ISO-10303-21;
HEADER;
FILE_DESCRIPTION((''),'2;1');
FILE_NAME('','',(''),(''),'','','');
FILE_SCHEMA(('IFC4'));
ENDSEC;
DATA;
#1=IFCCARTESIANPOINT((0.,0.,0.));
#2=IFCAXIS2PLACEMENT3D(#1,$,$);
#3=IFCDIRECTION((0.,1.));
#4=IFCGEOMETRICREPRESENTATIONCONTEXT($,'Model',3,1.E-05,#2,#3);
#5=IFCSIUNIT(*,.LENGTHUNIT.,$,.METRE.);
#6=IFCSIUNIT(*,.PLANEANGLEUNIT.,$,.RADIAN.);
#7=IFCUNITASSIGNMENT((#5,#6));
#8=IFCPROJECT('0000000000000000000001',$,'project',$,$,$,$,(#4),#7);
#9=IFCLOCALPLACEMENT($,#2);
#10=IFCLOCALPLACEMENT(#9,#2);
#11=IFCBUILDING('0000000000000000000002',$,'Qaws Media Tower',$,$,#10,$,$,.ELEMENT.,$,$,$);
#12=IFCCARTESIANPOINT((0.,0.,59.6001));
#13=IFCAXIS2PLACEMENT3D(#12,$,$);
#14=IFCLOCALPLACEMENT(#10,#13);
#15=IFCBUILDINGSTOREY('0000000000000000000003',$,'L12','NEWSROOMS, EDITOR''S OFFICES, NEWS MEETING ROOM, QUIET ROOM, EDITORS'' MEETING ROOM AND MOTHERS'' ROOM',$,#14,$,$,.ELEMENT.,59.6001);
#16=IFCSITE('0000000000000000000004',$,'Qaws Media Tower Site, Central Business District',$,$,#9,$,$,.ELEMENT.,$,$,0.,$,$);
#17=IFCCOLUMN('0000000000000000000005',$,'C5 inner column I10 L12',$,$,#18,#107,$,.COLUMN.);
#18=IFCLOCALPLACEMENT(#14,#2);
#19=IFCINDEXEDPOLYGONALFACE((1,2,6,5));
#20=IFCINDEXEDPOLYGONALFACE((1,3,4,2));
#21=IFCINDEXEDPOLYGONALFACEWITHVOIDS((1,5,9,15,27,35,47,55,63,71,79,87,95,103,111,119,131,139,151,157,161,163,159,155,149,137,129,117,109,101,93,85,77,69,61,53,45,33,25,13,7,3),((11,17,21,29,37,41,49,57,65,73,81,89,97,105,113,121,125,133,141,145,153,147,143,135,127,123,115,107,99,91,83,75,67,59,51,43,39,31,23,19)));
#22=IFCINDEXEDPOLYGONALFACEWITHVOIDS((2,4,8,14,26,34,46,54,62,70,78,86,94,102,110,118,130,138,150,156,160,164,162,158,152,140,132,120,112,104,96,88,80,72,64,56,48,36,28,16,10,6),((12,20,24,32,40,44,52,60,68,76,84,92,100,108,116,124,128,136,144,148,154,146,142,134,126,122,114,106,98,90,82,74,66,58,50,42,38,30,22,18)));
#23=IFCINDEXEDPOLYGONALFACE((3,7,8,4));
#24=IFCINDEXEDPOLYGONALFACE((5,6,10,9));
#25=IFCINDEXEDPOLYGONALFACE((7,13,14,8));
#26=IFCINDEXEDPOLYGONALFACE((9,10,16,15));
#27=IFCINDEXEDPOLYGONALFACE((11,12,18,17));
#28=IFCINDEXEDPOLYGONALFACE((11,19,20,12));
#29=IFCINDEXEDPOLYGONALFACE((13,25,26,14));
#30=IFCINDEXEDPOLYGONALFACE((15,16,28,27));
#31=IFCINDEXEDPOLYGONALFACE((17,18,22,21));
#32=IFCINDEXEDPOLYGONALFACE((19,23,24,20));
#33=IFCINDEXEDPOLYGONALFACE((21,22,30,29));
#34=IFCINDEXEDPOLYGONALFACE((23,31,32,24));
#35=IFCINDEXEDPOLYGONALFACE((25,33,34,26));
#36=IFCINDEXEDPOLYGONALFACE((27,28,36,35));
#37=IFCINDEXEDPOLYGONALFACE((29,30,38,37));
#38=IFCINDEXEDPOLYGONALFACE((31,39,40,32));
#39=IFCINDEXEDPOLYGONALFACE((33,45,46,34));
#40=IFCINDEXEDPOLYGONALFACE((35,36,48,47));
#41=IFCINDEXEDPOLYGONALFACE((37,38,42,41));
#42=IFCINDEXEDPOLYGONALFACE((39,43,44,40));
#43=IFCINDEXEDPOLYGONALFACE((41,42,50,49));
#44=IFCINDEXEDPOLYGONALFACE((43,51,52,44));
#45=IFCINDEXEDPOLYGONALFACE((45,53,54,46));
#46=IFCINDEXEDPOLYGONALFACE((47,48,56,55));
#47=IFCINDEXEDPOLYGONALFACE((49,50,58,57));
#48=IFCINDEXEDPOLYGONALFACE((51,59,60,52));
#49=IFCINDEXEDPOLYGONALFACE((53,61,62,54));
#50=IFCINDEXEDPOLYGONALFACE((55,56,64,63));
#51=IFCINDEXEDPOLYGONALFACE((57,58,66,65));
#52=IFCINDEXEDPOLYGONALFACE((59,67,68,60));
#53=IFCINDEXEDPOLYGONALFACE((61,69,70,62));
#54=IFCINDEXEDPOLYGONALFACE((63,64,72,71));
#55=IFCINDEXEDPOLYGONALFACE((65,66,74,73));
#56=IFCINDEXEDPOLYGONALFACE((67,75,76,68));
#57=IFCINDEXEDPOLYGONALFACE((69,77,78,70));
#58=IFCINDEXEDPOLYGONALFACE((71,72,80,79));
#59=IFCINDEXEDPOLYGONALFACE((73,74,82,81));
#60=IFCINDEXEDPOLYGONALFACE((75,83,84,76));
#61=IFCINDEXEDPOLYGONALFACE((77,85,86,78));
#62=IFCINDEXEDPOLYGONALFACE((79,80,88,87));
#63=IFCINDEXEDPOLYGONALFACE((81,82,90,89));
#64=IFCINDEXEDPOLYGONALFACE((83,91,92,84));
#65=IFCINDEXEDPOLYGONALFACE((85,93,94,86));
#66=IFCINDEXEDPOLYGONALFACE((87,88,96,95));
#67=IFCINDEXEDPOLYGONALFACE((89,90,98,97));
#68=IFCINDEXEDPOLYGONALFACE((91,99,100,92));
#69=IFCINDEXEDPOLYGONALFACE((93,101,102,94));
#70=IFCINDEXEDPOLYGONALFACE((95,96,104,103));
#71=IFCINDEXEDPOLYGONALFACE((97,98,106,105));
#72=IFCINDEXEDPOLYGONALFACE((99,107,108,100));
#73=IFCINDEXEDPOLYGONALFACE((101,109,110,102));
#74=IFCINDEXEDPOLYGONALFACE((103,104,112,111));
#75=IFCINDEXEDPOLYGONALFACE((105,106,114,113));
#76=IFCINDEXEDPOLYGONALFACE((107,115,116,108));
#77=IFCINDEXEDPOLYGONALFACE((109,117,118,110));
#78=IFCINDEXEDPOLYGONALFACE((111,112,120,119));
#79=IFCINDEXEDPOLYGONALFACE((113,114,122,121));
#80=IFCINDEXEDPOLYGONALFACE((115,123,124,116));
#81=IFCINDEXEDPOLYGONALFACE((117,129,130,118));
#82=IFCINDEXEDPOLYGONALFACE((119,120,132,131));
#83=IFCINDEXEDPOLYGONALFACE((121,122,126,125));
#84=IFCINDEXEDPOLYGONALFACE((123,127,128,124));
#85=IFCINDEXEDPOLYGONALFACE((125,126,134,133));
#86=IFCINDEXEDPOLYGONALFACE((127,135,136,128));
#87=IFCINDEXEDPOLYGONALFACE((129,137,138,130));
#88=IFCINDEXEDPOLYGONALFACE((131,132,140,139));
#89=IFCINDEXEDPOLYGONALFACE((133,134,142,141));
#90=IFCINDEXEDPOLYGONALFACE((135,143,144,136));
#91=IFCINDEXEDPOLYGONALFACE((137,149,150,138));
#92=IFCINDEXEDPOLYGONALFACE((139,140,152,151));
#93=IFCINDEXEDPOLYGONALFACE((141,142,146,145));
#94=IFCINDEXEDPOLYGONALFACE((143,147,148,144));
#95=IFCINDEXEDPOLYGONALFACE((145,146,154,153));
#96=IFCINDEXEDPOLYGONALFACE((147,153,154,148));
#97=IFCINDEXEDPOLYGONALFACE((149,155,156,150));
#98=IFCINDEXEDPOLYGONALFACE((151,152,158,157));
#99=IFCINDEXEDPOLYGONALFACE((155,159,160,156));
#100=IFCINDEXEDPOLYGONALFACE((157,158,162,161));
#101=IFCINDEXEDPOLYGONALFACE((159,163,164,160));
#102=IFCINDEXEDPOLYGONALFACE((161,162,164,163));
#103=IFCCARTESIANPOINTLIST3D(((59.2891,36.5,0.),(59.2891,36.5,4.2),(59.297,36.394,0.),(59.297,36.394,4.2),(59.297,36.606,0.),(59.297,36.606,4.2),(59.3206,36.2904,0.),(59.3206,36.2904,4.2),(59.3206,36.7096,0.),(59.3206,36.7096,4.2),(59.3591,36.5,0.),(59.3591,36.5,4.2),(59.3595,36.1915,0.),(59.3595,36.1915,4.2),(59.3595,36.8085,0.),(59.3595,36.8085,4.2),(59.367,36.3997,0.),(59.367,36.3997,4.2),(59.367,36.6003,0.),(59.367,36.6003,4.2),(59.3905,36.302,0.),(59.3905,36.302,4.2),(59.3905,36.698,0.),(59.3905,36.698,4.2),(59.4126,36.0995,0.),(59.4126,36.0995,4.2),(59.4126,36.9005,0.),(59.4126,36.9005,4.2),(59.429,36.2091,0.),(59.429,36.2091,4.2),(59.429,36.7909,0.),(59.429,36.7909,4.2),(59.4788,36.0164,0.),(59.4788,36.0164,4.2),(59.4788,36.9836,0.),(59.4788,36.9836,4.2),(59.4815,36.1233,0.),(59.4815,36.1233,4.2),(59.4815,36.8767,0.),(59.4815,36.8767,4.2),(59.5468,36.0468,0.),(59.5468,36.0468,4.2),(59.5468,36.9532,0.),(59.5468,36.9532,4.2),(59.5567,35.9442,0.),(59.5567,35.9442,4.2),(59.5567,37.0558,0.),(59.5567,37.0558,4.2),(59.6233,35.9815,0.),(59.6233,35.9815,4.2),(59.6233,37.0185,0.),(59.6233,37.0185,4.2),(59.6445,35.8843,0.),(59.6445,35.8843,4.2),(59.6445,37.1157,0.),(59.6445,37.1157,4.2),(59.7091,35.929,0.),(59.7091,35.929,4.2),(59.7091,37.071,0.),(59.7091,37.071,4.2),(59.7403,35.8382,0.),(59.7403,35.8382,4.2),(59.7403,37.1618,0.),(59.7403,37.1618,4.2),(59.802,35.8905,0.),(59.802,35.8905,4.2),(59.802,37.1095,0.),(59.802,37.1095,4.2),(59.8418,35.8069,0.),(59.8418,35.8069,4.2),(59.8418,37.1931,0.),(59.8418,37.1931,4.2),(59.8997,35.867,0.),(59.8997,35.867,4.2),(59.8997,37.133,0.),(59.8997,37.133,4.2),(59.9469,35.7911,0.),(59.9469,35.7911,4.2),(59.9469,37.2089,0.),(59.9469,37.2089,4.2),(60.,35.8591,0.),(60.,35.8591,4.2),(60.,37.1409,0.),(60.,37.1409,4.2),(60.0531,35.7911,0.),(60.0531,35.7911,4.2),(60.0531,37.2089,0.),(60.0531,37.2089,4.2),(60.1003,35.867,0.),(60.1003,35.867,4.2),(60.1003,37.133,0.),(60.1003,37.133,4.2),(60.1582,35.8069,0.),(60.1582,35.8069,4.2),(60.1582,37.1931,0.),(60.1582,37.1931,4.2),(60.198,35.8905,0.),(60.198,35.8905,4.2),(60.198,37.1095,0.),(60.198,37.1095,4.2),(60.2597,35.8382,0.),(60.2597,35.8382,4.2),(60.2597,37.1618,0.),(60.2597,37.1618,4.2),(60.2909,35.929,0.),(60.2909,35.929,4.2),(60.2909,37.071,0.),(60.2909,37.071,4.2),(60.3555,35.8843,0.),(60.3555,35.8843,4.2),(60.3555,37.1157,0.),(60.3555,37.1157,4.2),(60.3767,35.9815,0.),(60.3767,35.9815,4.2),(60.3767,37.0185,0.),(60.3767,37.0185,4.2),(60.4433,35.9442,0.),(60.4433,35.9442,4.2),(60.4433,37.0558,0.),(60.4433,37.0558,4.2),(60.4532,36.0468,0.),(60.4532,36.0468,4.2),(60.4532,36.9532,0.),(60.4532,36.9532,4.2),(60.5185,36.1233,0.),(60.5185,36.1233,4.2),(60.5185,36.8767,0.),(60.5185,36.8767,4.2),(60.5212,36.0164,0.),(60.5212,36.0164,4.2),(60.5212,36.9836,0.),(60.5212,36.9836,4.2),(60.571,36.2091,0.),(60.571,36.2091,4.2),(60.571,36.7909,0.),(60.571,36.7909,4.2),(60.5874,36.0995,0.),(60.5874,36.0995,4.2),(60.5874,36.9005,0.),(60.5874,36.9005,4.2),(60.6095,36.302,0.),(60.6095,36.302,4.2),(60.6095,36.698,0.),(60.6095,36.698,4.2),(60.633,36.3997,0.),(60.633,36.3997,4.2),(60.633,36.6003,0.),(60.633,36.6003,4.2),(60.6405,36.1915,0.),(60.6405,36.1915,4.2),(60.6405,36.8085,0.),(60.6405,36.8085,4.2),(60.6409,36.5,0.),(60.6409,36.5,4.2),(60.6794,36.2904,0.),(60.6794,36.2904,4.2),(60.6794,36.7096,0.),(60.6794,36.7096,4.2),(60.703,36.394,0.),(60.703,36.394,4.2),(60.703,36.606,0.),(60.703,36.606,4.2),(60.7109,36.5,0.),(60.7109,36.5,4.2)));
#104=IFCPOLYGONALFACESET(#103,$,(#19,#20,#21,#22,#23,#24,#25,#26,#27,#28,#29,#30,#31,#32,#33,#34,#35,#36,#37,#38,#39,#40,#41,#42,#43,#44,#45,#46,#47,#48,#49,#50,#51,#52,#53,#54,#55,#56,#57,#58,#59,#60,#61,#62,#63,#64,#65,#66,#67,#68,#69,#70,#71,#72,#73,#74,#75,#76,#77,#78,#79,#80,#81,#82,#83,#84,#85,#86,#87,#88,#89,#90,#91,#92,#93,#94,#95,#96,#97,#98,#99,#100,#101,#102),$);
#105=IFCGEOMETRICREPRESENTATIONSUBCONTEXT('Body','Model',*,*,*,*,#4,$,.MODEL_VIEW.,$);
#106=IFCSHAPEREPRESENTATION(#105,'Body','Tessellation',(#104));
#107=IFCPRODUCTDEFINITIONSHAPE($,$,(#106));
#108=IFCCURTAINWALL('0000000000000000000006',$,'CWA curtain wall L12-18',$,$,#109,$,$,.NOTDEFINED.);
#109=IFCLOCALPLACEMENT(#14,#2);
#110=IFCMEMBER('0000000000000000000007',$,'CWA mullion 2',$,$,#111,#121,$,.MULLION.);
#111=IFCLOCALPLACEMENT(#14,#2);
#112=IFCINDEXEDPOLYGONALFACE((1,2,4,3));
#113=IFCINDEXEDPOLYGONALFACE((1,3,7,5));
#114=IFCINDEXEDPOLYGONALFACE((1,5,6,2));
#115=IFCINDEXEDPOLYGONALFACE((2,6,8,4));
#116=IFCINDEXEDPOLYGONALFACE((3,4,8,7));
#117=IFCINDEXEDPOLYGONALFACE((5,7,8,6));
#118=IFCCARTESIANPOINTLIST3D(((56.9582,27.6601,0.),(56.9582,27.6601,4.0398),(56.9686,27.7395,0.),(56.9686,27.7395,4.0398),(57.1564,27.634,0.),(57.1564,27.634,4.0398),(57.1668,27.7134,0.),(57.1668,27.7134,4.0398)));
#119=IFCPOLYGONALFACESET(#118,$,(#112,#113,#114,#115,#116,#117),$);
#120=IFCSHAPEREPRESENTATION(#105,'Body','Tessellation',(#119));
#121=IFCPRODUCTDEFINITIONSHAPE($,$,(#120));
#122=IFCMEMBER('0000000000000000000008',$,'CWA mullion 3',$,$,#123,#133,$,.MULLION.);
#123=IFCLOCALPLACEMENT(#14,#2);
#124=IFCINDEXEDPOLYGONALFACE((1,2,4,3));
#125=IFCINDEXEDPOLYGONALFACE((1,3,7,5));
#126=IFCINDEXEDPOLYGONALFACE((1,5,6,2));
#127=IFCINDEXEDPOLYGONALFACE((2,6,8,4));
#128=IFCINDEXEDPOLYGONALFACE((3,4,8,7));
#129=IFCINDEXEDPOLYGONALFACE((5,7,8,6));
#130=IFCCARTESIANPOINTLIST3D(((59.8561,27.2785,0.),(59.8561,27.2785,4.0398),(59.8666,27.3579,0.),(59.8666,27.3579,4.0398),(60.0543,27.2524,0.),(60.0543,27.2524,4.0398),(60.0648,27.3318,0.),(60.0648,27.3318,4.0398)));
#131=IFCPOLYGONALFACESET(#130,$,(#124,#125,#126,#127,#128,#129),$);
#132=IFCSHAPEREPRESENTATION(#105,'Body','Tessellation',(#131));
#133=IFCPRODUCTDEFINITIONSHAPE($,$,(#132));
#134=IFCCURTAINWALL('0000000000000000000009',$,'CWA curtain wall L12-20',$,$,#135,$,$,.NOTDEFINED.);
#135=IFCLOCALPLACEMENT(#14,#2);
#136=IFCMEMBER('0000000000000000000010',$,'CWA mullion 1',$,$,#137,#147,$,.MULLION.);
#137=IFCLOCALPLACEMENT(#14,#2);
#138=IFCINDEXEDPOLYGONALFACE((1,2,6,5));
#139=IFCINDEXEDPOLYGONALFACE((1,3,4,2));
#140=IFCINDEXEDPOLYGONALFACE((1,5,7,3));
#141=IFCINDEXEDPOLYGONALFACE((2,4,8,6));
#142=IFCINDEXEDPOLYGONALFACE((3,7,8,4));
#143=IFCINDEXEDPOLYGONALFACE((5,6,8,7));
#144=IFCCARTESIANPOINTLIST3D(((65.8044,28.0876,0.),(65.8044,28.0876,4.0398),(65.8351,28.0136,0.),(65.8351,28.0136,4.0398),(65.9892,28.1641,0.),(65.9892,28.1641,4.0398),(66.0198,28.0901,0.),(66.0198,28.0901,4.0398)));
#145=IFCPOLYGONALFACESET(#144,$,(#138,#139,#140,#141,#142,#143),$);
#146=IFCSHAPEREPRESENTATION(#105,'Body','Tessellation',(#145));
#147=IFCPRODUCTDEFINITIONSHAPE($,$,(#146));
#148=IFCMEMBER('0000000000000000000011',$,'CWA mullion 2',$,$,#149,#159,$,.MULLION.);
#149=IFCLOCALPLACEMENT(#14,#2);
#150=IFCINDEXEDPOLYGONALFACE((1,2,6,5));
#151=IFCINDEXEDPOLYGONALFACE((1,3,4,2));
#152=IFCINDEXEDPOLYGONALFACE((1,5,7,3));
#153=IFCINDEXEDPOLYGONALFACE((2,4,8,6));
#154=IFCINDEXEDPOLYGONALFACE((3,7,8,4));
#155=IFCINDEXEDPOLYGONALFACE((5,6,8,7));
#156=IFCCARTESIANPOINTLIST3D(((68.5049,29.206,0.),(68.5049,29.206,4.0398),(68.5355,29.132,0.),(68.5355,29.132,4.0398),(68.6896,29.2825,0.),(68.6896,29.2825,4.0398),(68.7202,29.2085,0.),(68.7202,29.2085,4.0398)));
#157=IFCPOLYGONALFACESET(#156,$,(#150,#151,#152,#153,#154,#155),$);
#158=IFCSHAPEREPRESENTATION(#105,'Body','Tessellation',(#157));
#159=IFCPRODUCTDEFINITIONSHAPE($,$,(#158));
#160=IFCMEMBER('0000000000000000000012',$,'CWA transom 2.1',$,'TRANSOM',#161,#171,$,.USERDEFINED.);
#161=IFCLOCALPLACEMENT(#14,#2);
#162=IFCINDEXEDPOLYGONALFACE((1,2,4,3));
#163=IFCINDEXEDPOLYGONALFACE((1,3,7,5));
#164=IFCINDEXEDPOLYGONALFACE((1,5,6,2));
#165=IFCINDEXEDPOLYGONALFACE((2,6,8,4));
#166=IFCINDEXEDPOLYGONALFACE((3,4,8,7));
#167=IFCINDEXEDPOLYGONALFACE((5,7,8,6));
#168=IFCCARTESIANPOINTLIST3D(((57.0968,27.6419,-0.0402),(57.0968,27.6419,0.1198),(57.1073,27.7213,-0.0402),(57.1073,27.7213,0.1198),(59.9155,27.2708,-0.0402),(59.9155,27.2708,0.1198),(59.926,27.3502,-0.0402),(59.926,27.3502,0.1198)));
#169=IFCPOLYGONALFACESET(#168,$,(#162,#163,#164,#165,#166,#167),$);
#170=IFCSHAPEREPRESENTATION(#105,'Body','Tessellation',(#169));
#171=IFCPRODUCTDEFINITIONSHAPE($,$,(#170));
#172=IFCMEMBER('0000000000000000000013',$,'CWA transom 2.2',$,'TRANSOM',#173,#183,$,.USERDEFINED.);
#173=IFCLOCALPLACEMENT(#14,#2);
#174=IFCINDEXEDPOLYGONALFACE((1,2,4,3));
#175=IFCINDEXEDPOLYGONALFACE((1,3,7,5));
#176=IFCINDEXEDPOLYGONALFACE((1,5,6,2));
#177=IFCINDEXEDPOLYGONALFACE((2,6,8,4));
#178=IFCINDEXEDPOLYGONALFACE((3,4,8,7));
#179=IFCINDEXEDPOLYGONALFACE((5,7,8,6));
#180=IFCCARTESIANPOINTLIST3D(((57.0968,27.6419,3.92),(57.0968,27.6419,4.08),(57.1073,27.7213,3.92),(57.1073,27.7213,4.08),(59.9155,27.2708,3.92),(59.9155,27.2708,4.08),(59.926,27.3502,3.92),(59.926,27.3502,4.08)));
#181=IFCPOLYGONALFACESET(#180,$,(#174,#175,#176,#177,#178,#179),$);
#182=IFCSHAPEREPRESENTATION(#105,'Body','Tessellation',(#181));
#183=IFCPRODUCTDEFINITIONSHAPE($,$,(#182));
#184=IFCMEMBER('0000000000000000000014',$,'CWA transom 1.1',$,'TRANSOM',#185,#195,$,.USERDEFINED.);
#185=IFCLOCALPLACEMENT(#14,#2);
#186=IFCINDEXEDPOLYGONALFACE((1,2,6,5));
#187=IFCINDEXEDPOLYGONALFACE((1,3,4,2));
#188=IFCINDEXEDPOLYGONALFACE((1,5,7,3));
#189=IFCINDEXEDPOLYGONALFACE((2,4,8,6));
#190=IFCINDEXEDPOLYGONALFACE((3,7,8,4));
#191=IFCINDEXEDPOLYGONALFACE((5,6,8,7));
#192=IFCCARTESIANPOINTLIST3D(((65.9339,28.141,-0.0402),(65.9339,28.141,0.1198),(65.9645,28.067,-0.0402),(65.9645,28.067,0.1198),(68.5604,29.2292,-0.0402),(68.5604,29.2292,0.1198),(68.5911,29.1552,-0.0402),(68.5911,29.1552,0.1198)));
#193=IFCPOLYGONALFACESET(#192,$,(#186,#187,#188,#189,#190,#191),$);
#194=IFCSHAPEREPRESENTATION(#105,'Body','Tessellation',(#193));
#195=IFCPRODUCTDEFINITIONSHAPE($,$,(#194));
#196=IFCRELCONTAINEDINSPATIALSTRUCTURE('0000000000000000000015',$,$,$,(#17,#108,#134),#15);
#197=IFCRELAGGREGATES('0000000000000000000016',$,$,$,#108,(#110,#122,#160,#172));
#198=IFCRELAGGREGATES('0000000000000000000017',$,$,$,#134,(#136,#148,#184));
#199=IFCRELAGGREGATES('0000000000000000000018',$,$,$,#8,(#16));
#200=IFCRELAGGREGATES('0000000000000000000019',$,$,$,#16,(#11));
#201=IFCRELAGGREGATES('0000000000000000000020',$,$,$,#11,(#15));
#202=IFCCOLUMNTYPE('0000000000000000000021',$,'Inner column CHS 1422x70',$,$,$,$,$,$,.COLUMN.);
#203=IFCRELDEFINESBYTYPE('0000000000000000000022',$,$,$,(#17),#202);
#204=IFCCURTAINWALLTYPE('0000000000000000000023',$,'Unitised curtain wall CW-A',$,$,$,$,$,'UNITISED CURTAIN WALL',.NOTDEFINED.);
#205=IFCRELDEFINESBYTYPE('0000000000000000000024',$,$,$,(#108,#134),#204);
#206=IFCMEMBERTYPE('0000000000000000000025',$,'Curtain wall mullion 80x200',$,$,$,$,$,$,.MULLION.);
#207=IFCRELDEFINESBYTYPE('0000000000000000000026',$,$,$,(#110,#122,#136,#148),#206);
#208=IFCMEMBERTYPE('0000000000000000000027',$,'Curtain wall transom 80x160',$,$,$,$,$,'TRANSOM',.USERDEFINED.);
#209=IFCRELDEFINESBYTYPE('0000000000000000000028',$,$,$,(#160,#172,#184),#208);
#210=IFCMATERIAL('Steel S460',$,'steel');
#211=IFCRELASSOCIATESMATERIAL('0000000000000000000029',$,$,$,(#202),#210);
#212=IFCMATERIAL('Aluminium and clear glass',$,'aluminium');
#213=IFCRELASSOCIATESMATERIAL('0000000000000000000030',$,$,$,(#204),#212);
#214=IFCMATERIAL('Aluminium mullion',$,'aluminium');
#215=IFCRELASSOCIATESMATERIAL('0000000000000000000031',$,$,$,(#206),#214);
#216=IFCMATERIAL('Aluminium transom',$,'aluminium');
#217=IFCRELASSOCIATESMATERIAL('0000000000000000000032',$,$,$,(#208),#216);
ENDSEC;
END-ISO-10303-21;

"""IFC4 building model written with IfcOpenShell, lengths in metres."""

from ifc_helpers import new_model, si_unit, direction, frame, origin, origin_2d, place, context, subcontext, project, spatial, rectangle, hollow_circle, extrude, material, material_profile, profile_set, type_object, element, aggregate, save


model = new_model("IFC4")

# Units and contexts
model_context = context("Model", 3, precision=1e-05, world=origin(), true_north=direction((0.0, 1.0)))
body_context = subcontext(model_context, "Body", "Model", "MODEL_VIEW")
ifc_project = project(units=[si_unit("LENGTHUNIT", "METRE"), si_unit("PLANEANGLEUNIT", "RADIAN")], contexts=[model_context])

# Site, building, storey
site_placement = place(None, origin())
site = spatial("IfcSite", under=ifc_project, at=site_placement, Name="Qaws Media Tower Site, Central Business District", CompositionType="ELEMENT", RefElevation=0.0)
building_placement = place(site_placement, origin())
building = spatial("IfcBuilding", under=site, at=building_placement, Name="Qaws Media Tower", CompositionType="ELEMENT")
storey_placement = place(building_placement, frame((0.0, 0.0, 59.6001)))
storey = spatial("IfcBuildingStorey", under=building, at=storey_placement, Name="L12", Description="NEWSROOMS, EDITOR'S OFFICES, NEWS MEETING ROOM, QUIET ROOM, EDITORS' MEETING ROOM AND MOTHERS' ROOM", CompositionType="ELEMENT", Elevation=59.6001)

# Column
ifc_material_1 = material(Name="Steel S460", Category="steel")
ifc_material_profile_1 = material_profile(ifc_material_1, hollow_circle(Radius=0.7109, WallThickness=0.0701, at=origin_2d()), Name="CHS 1422x70")
ifc_profile_set_1 = profile_set([ifc_material_profile_1], Name="Steel S460")
column_type = type_object("IfcColumnType", Name="Inner column CHS 1422x70", PredefinedType="COLUMN", material=ifc_profile_set_1)
column_placement = place(storey_placement, frame((60.0, 36.5, 0.0), z_axis=(0.0, 0.0, 1.0), x_axis=(1.0, 0.0, 0.0)))
element("IfcColumn", 1, at=column_placement, inside=storey, type_object=column_type, Name="C5 inner column I10 L12", PredefinedType="COLUMN", context=body_context, shape_type="SweptSolid", body=[
    extrude(hollow_circle(Radius=0.7109, WallThickness=0.0701, at=origin_2d()), origin(), (0.0, 0.0, 1.0), 4.2),
])

# Curtain walls, members
ifc_material_2 = material(Name="Aluminium and clear glass", Category="aluminium")
curtain_wall_type = type_object("IfcCurtainWallType", Name="Unitised curtain wall CW-A", ElementType="UNITISED CURTAIN WALL", PredefinedType="NOTDEFINED", material=ifc_material_2)
curtain_wall_1_placement = place(storey_placement, origin())
curtain_wall_1 = element("IfcCurtainWall", 2, at=curtain_wall_1_placement, inside=storey, type_object=curtain_wall_type, Name="CWA curtain wall L12-18", PredefinedType="NOTDEFINED")
ifc_material_3 = material(Name="Aluminium mullion", Category="aluminium")
ifc_material_profile_2 = material_profile(ifc_material_3, rectangle(XDim=0.0801, YDim=0.2, at=origin_2d()), Name="80x200")
ifc_profile_set_2 = profile_set([ifc_material_profile_2], Name="Aluminium mullion")
member_type_1 = type_object("IfcMemberType", Name="Curtain wall mullion 80x200", PredefinedType="MULLION", material=ifc_profile_set_2)
member_1_placement = place(storey_placement, frame((57.0625, 27.6868, 0.0), z_axis=(0.0, 0.0, 1.0), x_axis=(0.130526, 0.991445, 0.0)))
member_1 = element("IfcMember", 3, at=member_1_placement, type_object=member_type_1, Name="CWA mullion 2", PredefinedType="MULLION", context=body_context, shape_type="SweptSolid", body=[
    extrude(rectangle(XDim=0.0801, YDim=0.2, at=origin_2d()), origin(), (0.0, 0.0, 1.0), 4.0398),
])
member_2_placement = place(storey_placement, frame((59.9604, 27.3052, 0.0), z_axis=(0.0, 0.0, 1.0), x_axis=(0.130526, 0.991445, 0.0)))
member_2 = element("IfcMember", 4, at=member_2_placement, type_object=member_type_1, Name="CWA mullion 3", PredefinedType="MULLION", context=body_context, shape_type="SweptSolid", body=[
    extrude(rectangle(XDim=0.0801, YDim=0.2, at=origin_2d()), origin(), (0.0, 0.0, 1.0), 4.0398),
])
curtain_wall_2_placement = place(storey_placement, origin())
curtain_wall_2 = element("IfcCurtainWall", 5, at=curtain_wall_2_placement, inside=storey, type_object=curtain_wall_type, Name="CWA curtain wall L12-20", PredefinedType="NOTDEFINED")
member_3_placement = place(storey_placement, frame((65.9121, 28.0889, 0.0), z_axis=(0.0, 0.0, 1.0), x_axis=(-0.382683, 0.92388, 0.0)))
member_3 = element("IfcMember", 6, at=member_3_placement, type_object=member_type_1, Name="CWA mullion 1", PredefinedType="MULLION", context=body_context, shape_type="SweptSolid", body=[
    extrude(rectangle(XDim=0.0801, YDim=0.2, at=origin_2d()), origin(), (0.0, 0.0, 1.0), 4.0398),
])
member_4_placement = place(storey_placement, frame((68.6125, 29.2073, 0.0), z_axis=(0.0, 0.0, 1.0), x_axis=(-0.382683, 0.92388, 0.0)))
member_4 = element("IfcMember", 7, at=member_4_placement, type_object=member_type_1, Name="CWA mullion 2", PredefinedType="MULLION", context=body_context, shape_type="SweptSolid", body=[
    extrude(rectangle(XDim=0.0801, YDim=0.2, at=origin_2d()), origin(), (0.0, 0.0, 1.0), 4.0398),
])

# Members
ifc_material_4 = material(Name="Aluminium transom", Category="aluminium")
ifc_material_profile_3 = material_profile(ifc_material_4, rectangle(XDim=0.0801, YDim=0.1599, at=origin_2d()), Name="80x160")
ifc_profile_set_3 = profile_set([ifc_material_profile_3], Name="Aluminium transom")
member_type_2 = type_object("IfcMemberType", Name="Curtain wall transom 80x160", ElementType="TRANSOM", PredefinedType="USERDEFINED", material=ifc_profile_set_3)
member_5_placement = place(storey_placement, frame((57.1021, 27.6816, 0.0398), z_axis=(0.991444, -0.130532, 0.0), x_axis=(0.130532, 0.991444, 0.0)))
member_5 = element("IfcMember", 8, at=member_5_placement, type_object=member_type_2, Name="CWA transom 2.1", ObjectType="TRANSOM", PredefinedType="USERDEFINED", context=body_context, shape_type="SweptSolid", body=[
    extrude(rectangle(XDim=0.0801, YDim=0.1599, at=origin_2d()), origin(), (0.0, 0.0, 1.0), 2.843),
])
member_6_placement = place(storey_placement, frame((57.1021, 27.6816, 4.0), z_axis=(0.991444, -0.130532, 0.0), x_axis=(0.130532, 0.991444, 0.0)))
member_6 = element("IfcMember", 9, at=member_6_placement, type_object=member_type_2, Name="CWA transom 2.2", ObjectType="TRANSOM", PredefinedType="USERDEFINED", context=body_context, shape_type="SweptSolid", body=[
    extrude(rectangle(XDim=0.0801, YDim=0.1599, at=origin_2d()), origin(), (0.0, 0.0, 1.0), 2.843),
])
member_7_placement = place(storey_placement, frame((65.9492, 28.104, 0.0398), z_axis=(0.923852, 0.382749, 0.0), x_axis=(-0.382749, 0.923852, 0.0)))
member_7 = element("IfcMember", 10, at=member_7_placement, type_object=member_type_2, Name="CWA transom 1.1", ObjectType="TRANSOM", PredefinedType="USERDEFINED", context=body_context, shape_type="SweptSolid", body=[
    extrude(rectangle(XDim=0.0801, YDim=0.1599, at=origin_2d()), origin(), (0.0, 0.0, 1.0), 2.843),
])

aggregate(curtain_wall_1, [member_1, member_2, member_5, member_6])
aggregate(curtain_wall_2, [member_3, member_4, member_7])

save(model, "model.ifc")
